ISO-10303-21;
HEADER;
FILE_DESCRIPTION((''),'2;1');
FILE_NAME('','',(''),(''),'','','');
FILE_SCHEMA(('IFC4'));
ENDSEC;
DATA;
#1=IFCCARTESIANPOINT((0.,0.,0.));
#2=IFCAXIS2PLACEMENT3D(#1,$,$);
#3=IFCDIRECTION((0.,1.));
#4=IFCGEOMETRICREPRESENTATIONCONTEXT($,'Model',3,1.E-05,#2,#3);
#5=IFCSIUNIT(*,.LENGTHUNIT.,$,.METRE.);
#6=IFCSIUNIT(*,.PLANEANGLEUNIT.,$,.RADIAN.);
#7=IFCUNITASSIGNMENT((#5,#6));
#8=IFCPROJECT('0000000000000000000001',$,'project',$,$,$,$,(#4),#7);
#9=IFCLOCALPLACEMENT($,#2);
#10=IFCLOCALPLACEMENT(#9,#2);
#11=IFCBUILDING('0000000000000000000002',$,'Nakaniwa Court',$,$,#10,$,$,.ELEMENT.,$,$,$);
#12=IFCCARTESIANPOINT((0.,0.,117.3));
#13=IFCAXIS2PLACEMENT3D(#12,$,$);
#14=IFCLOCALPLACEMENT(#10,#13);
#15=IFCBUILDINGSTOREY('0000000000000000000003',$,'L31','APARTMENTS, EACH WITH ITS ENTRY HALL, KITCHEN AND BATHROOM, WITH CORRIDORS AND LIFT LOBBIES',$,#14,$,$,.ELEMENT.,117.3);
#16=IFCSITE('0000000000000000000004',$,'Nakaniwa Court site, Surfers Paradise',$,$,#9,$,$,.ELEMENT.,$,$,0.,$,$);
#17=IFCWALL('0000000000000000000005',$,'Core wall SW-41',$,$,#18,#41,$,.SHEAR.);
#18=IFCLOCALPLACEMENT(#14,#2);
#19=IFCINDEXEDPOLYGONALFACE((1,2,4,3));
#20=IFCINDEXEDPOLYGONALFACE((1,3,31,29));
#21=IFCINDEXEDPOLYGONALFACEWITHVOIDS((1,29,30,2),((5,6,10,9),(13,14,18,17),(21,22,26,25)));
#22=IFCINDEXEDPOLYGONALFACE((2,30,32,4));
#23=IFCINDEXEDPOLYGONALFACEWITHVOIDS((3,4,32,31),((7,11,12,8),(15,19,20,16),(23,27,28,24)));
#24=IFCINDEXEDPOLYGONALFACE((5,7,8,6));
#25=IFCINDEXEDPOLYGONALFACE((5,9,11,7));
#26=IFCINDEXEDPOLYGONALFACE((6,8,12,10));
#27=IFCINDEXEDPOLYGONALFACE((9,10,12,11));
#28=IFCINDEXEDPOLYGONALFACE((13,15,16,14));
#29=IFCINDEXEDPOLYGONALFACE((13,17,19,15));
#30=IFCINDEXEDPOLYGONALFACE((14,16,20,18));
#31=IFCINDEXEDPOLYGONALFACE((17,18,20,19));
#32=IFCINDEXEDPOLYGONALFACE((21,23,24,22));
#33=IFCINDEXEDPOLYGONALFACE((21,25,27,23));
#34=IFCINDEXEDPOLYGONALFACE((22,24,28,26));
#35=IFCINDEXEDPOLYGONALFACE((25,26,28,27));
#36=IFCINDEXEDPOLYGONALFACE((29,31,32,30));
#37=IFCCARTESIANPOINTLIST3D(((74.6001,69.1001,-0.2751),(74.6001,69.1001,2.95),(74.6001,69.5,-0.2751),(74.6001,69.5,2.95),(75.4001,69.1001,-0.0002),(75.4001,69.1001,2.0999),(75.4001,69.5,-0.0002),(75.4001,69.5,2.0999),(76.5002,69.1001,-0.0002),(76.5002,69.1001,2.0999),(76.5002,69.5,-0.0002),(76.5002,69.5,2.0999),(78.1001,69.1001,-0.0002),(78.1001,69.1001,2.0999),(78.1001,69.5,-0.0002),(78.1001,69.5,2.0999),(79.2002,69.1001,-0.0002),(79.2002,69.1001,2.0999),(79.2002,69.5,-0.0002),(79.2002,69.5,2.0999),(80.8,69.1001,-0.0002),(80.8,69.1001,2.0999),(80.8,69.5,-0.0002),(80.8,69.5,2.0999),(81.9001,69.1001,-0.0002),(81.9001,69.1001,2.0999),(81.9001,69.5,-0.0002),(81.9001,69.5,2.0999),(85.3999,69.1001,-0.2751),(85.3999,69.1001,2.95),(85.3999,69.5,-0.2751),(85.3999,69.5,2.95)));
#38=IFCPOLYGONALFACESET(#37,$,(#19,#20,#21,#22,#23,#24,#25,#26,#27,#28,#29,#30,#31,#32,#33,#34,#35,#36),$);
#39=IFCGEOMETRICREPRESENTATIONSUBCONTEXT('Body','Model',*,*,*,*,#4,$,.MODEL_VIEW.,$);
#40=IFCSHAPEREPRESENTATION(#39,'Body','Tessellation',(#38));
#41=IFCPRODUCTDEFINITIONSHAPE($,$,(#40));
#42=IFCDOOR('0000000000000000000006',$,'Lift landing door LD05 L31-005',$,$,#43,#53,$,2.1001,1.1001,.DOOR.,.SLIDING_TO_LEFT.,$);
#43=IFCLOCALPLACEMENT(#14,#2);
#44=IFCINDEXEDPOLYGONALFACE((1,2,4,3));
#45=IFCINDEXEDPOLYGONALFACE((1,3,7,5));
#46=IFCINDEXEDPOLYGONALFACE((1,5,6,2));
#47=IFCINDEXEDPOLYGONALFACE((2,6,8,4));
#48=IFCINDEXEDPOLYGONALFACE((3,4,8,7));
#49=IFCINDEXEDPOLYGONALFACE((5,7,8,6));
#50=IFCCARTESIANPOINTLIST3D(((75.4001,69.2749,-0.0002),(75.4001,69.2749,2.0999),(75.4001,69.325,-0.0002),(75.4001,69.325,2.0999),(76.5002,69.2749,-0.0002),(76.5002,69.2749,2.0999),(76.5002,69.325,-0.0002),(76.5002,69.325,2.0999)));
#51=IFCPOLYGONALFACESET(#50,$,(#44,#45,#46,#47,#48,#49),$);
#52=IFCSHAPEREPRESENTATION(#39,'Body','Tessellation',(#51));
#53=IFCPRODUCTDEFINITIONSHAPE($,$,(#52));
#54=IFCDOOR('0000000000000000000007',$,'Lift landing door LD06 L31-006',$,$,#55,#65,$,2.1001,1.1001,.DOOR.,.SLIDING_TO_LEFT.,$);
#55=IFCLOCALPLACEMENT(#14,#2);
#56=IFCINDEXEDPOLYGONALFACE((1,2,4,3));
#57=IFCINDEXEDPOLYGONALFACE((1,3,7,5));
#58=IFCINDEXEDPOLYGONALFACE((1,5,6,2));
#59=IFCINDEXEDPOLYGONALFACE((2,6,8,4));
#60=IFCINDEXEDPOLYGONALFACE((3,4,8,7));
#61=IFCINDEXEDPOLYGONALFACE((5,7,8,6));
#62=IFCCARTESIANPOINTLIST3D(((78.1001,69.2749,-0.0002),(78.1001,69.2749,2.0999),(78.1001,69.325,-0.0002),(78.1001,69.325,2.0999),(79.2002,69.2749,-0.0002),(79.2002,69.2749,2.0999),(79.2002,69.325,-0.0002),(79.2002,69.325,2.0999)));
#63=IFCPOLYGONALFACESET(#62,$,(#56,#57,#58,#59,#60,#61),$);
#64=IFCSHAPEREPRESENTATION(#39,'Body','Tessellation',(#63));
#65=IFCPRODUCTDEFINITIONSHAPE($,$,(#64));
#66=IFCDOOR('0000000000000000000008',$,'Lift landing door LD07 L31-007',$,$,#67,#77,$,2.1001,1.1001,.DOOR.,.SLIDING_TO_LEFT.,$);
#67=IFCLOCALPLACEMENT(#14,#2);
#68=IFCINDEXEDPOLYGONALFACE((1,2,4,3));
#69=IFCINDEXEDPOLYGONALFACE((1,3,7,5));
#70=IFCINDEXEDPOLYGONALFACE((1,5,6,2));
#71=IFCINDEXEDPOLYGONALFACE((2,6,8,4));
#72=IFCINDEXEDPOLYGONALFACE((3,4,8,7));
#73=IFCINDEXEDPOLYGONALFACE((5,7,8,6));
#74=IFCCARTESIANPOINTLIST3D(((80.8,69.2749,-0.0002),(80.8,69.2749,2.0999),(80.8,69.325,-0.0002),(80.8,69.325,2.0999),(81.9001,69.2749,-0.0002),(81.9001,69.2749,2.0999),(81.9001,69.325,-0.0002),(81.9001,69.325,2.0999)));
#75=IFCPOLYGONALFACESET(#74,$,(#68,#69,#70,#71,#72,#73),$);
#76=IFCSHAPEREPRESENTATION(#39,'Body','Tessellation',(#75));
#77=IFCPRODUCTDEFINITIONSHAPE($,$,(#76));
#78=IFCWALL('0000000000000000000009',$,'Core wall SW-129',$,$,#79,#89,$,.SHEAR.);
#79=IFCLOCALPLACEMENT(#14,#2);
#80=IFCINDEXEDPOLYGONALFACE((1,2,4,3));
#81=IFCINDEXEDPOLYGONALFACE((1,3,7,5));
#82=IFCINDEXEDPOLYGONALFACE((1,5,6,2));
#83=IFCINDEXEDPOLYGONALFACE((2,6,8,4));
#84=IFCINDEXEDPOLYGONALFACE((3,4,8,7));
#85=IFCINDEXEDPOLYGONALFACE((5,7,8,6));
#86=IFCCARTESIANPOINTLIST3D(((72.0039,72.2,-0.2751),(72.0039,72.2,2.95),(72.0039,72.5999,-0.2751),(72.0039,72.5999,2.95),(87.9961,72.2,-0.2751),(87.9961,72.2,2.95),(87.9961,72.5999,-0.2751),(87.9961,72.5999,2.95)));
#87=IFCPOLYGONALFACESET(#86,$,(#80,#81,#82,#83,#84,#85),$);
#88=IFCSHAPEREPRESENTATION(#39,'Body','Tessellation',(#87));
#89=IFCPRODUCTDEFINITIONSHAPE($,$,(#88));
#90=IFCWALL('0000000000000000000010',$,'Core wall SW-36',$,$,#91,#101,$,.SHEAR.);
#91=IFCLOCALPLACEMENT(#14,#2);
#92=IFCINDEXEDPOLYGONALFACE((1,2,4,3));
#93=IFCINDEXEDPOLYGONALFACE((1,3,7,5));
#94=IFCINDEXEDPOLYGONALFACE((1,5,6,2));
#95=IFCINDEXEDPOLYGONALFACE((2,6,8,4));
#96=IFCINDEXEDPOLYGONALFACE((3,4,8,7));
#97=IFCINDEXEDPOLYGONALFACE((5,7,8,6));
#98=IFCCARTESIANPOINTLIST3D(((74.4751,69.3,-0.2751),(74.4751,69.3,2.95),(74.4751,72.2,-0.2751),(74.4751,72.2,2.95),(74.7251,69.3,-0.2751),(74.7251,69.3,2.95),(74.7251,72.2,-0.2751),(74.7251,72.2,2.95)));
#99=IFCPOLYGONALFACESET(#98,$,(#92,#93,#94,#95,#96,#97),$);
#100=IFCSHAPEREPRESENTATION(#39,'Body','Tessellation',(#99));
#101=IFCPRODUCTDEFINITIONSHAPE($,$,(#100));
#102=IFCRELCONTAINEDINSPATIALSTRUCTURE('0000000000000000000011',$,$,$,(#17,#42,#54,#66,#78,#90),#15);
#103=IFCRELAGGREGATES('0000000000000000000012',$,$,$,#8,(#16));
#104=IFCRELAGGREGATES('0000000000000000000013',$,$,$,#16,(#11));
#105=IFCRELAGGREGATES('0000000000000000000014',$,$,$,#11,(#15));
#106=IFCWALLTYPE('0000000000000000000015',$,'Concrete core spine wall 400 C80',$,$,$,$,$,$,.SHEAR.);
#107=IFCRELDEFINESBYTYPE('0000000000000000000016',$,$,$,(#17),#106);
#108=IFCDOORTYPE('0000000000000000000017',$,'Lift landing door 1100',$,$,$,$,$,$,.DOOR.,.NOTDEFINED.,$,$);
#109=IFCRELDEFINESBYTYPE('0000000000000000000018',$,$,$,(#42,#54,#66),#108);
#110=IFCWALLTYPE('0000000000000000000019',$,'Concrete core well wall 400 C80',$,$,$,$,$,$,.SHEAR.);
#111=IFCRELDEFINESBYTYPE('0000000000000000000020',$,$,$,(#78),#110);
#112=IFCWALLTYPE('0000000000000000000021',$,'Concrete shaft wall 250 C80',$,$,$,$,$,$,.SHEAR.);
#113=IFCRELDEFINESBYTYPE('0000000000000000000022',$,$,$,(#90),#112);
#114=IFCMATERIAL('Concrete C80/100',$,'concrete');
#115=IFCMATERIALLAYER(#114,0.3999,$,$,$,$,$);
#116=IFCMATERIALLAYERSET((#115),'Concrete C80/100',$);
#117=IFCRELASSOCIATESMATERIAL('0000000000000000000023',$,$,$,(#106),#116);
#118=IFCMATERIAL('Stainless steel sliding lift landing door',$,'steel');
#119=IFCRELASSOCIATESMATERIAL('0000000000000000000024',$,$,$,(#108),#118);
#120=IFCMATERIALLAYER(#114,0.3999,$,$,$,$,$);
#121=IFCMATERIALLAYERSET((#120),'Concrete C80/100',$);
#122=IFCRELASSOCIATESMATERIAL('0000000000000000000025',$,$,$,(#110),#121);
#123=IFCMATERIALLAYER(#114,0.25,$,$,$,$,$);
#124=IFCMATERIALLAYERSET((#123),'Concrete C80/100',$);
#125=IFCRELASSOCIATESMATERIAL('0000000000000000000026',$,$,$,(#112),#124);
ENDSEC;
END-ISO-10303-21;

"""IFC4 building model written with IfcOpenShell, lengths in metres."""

from ifc_helpers import new_model, si_unit, direction, frame, frame_2d, origin, place, context, subcontext, project, spatial, rectangle, extrude, material, layer, layer_set, type_object, element, fill, save


model = new_model("IFC4")

# Units and contexts
model_context = context("Model", 3, precision=1e-05, world=origin(), true_north=direction((0.0, 1.0)))
body_context = subcontext(model_context, "Body", "Model", "MODEL_VIEW")
ifc_project = project(units=[si_unit("LENGTHUNIT", "METRE"), si_unit("PLANEANGLEUNIT", "RADIAN")], contexts=[model_context])

# Site, building, storey
site_placement = place(None, origin())
site = spatial("IfcSite", under=ifc_project, at=site_placement, Name="Nakaniwa Court site, Surfers Paradise", CompositionType="ELEMENT", RefElevation=0.0)
building_placement = place(site_placement, origin())
building = spatial("IfcBuilding", under=site, at=building_placement, Name="Nakaniwa Court", CompositionType="ELEMENT")
storey_placement = place(building_placement, frame((0.0, 0.0, 117.3)))
storey = spatial("IfcBuildingStorey", under=building, at=storey_placement, Name="L31", Description="APARTMENTS, EACH WITH ITS ENTRY HALL, KITCHEN AND BATHROOM, WITH CORRIDORS AND LIFT LOBBIES", CompositionType="ELEMENT", Elevation=117.3)

# Shared definitions
ifc_material_1 = material(Name="Concrete C80/100", Category="concrete")

# Wall, openings, doors
ifc_layer_1 = layer(ifc_material_1, 0.3999)
ifc_layer_set_1 = layer_set([ifc_layer_1], Name="Concrete C80/100")
wall_type_1 = type_object("IfcWallType", Name="Concrete core spine wall 400 C80", PredefinedType="SHEAR", material=ifc_layer_set_1)
wall_1_placement = place(storey_placement, frame((74.6001, 69.3, -0.2751), z_axis=(0.0, 0.0, 1.0), x_axis=(1.0, 0.0, 0.0)))
wall_1 = element("IfcWall", 1, at=wall_1_placement, inside=storey, type_object=wall_type_1, Name="Core wall SW-41", PredefinedType="SHEAR", context=body_context, shape_type="SweptSolid", body=[
    extrude(rectangle(XDim=10.7998, YDim=0.3999, at=frame_2d((5.3999, 0.0))), origin(), (0.0, 0.0, 1.0), 3.2251),
])
opening_1_placement = place(wall_1_placement, frame((0.8, 0.0, 0.2749)))
opening_1 = element("IfcOpeningElement", 2, at=opening_1_placement, cuts=wall_1, PredefinedType="OPENING", context=body_context, shape_type="SweptSolid", body=[
    extrude(rectangle(XDim=1.1001, YDim=2.1001, at=frame_2d((0.55, 1.05))), frame((0.0, 0.21, 0.0), z_axis=(0.0, -1.0, 0.0), x_axis=(1.0, 0.0, 0.0)), (0.0, 0.0, 1.0), 0.4199),
])
opening_2_placement = place(wall_1_placement, frame((3.5, 0.0, 0.2749)))
opening_2 = element("IfcOpeningElement", 3, at=opening_2_placement, cuts=wall_1, PredefinedType="OPENING", context=body_context, shape_type="SweptSolid", body=[
    extrude(rectangle(XDim=1.1001, YDim=2.1001, at=frame_2d((0.55, 1.05))), frame((0.0, 0.21, 0.0), z_axis=(0.0, -1.0, 0.0), x_axis=(1.0, 0.0, 0.0)), (0.0, 0.0, 1.0), 0.4199),
])
opening_3_placement = place(wall_1_placement, frame((6.2, 0.0, 0.2749)))
opening_3 = element("IfcOpeningElement", 4, at=opening_3_placement, cuts=wall_1, PredefinedType="OPENING", context=body_context, shape_type="SweptSolid", body=[
    extrude(rectangle(XDim=1.1001, YDim=2.1001, at=frame_2d((0.55, 1.05))), frame((0.0, 0.21, 0.0), z_axis=(0.0, -1.0, 0.0), x_axis=(1.0, 0.0, 0.0)), (0.0, 0.0, 1.0), 0.4199),
])
ifc_material_2 = material(Name="Stainless steel sliding lift landing door", Category="steel")
door_type_1 = type_object("IfcDoorType", Name="Lift landing door 1100", OperationType="NOTDEFINED", PredefinedType="DOOR", material=ifc_material_2)
door_1_placement = place(opening_1_placement, origin())
door_1 = element("IfcDoor", 5, at=door_1_placement, inside=storey, type_object=door_type_1, Name="Lift landing door LD05 L31-005", OperationType="SLIDING_TO_LEFT", OverallHeight=2.1001, OverallWidth=1.1001, PredefinedType="DOOR", context=body_context, shape_type="SweptSolid", body=[
    extrude(rectangle(XDim=1.1001, YDim=2.1001, at=frame_2d((0.55, 1.05))), frame((0.0, 0.0249, 0.0), z_axis=(0.0, -1.0, 0.0), x_axis=(1.0, 0.0, 0.0)), (0.0, 0.0, 1.0), 0.05),
])
fill(opening_1, door_1)
door_2_placement = place(opening_2_placement, origin())
door_2 = element("IfcDoor", 6, at=door_2_placement, inside=storey, type_object=door_type_1, Name="Lift landing door LD06 L31-006", OperationType="SLIDING_TO_LEFT", OverallHeight=2.1001, OverallWidth=1.1001, PredefinedType="DOOR", context=body_context, shape_type="SweptSolid", body=[
    extrude(rectangle(XDim=1.1001, YDim=2.1001, at=frame_2d((0.55, 1.05))), frame((0.0, 0.0249, 0.0), z_axis=(0.0, -1.0, 0.0), x_axis=(1.0, 0.0, 0.0)), (0.0, 0.0, 1.0), 0.05),
])
fill(opening_2, door_2)
door_3_placement = place(opening_3_placement, origin())
door_3 = element("IfcDoor", 7, at=door_3_placement, inside=storey, type_object=door_type_1, Name="Lift landing door LD07 L31-007", OperationType="SLIDING_TO_LEFT", OverallHeight=2.1001, OverallWidth=1.1001, PredefinedType="DOOR", context=body_context, shape_type="SweptSolid", body=[
    extrude(rectangle(XDim=1.1001, YDim=2.1001, at=frame_2d((0.55, 1.05))), frame((0.0, 0.0249, 0.0), z_axis=(0.0, -1.0, 0.0), x_axis=(1.0, 0.0, 0.0)), (0.0, 0.0, 1.0), 0.05),
])
fill(opening_3, door_3)

# Walls
ifc_layer_2 = layer(ifc_material_1, 0.3999)
ifc_layer_set_2 = layer_set([ifc_layer_2], Name="Concrete C80/100")
wall_type_2 = type_object("IfcWallType", Name="Concrete core well wall 400 C80", PredefinedType="SHEAR", material=ifc_layer_set_2)
wall_2_placement = place(storey_placement, frame((72.0039, 72.3999, -0.2751), z_axis=(0.0, 0.0, 1.0), x_axis=(1.0, 0.0, 0.0)))
element("IfcWall", 8, at=wall_2_placement, inside=storey, type_object=wall_type_2, Name="Core wall SW-129", PredefinedType="SHEAR", context=body_context, shape_type="SweptSolid", body=[
    extrude(rectangle(XDim=15.9922, YDim=0.3999, at=frame_2d((7.9961, 0.0))), origin(), (0.0, 0.0, 1.0), 3.2251),
])
ifc_layer_3 = layer(ifc_material_1, 0.25)
ifc_layer_set_3 = layer_set([ifc_layer_3], Name="Concrete C80/100")
wall_type_3 = type_object("IfcWallType", Name="Concrete shaft wall 250 C80", PredefinedType="SHEAR", material=ifc_layer_set_3)
wall_3_placement = place(storey_placement, frame((74.6001, 69.3, -0.2751), z_axis=(0.0, 0.0, 1.0), x_axis=(0.0, 1.0, 0.0)))
element("IfcWall", 9, at=wall_3_placement, inside=storey, type_object=wall_type_3, Name="Core wall SW-36", PredefinedType="SHEAR", context=body_context, shape_type="SweptSolid", body=[
    extrude(rectangle(XDim=2.8999, YDim=0.25, at=frame_2d((1.45, 0.0))), origin(), (0.0, 0.0, 1.0), 3.2251),
])

save(model, "model.ifc")
